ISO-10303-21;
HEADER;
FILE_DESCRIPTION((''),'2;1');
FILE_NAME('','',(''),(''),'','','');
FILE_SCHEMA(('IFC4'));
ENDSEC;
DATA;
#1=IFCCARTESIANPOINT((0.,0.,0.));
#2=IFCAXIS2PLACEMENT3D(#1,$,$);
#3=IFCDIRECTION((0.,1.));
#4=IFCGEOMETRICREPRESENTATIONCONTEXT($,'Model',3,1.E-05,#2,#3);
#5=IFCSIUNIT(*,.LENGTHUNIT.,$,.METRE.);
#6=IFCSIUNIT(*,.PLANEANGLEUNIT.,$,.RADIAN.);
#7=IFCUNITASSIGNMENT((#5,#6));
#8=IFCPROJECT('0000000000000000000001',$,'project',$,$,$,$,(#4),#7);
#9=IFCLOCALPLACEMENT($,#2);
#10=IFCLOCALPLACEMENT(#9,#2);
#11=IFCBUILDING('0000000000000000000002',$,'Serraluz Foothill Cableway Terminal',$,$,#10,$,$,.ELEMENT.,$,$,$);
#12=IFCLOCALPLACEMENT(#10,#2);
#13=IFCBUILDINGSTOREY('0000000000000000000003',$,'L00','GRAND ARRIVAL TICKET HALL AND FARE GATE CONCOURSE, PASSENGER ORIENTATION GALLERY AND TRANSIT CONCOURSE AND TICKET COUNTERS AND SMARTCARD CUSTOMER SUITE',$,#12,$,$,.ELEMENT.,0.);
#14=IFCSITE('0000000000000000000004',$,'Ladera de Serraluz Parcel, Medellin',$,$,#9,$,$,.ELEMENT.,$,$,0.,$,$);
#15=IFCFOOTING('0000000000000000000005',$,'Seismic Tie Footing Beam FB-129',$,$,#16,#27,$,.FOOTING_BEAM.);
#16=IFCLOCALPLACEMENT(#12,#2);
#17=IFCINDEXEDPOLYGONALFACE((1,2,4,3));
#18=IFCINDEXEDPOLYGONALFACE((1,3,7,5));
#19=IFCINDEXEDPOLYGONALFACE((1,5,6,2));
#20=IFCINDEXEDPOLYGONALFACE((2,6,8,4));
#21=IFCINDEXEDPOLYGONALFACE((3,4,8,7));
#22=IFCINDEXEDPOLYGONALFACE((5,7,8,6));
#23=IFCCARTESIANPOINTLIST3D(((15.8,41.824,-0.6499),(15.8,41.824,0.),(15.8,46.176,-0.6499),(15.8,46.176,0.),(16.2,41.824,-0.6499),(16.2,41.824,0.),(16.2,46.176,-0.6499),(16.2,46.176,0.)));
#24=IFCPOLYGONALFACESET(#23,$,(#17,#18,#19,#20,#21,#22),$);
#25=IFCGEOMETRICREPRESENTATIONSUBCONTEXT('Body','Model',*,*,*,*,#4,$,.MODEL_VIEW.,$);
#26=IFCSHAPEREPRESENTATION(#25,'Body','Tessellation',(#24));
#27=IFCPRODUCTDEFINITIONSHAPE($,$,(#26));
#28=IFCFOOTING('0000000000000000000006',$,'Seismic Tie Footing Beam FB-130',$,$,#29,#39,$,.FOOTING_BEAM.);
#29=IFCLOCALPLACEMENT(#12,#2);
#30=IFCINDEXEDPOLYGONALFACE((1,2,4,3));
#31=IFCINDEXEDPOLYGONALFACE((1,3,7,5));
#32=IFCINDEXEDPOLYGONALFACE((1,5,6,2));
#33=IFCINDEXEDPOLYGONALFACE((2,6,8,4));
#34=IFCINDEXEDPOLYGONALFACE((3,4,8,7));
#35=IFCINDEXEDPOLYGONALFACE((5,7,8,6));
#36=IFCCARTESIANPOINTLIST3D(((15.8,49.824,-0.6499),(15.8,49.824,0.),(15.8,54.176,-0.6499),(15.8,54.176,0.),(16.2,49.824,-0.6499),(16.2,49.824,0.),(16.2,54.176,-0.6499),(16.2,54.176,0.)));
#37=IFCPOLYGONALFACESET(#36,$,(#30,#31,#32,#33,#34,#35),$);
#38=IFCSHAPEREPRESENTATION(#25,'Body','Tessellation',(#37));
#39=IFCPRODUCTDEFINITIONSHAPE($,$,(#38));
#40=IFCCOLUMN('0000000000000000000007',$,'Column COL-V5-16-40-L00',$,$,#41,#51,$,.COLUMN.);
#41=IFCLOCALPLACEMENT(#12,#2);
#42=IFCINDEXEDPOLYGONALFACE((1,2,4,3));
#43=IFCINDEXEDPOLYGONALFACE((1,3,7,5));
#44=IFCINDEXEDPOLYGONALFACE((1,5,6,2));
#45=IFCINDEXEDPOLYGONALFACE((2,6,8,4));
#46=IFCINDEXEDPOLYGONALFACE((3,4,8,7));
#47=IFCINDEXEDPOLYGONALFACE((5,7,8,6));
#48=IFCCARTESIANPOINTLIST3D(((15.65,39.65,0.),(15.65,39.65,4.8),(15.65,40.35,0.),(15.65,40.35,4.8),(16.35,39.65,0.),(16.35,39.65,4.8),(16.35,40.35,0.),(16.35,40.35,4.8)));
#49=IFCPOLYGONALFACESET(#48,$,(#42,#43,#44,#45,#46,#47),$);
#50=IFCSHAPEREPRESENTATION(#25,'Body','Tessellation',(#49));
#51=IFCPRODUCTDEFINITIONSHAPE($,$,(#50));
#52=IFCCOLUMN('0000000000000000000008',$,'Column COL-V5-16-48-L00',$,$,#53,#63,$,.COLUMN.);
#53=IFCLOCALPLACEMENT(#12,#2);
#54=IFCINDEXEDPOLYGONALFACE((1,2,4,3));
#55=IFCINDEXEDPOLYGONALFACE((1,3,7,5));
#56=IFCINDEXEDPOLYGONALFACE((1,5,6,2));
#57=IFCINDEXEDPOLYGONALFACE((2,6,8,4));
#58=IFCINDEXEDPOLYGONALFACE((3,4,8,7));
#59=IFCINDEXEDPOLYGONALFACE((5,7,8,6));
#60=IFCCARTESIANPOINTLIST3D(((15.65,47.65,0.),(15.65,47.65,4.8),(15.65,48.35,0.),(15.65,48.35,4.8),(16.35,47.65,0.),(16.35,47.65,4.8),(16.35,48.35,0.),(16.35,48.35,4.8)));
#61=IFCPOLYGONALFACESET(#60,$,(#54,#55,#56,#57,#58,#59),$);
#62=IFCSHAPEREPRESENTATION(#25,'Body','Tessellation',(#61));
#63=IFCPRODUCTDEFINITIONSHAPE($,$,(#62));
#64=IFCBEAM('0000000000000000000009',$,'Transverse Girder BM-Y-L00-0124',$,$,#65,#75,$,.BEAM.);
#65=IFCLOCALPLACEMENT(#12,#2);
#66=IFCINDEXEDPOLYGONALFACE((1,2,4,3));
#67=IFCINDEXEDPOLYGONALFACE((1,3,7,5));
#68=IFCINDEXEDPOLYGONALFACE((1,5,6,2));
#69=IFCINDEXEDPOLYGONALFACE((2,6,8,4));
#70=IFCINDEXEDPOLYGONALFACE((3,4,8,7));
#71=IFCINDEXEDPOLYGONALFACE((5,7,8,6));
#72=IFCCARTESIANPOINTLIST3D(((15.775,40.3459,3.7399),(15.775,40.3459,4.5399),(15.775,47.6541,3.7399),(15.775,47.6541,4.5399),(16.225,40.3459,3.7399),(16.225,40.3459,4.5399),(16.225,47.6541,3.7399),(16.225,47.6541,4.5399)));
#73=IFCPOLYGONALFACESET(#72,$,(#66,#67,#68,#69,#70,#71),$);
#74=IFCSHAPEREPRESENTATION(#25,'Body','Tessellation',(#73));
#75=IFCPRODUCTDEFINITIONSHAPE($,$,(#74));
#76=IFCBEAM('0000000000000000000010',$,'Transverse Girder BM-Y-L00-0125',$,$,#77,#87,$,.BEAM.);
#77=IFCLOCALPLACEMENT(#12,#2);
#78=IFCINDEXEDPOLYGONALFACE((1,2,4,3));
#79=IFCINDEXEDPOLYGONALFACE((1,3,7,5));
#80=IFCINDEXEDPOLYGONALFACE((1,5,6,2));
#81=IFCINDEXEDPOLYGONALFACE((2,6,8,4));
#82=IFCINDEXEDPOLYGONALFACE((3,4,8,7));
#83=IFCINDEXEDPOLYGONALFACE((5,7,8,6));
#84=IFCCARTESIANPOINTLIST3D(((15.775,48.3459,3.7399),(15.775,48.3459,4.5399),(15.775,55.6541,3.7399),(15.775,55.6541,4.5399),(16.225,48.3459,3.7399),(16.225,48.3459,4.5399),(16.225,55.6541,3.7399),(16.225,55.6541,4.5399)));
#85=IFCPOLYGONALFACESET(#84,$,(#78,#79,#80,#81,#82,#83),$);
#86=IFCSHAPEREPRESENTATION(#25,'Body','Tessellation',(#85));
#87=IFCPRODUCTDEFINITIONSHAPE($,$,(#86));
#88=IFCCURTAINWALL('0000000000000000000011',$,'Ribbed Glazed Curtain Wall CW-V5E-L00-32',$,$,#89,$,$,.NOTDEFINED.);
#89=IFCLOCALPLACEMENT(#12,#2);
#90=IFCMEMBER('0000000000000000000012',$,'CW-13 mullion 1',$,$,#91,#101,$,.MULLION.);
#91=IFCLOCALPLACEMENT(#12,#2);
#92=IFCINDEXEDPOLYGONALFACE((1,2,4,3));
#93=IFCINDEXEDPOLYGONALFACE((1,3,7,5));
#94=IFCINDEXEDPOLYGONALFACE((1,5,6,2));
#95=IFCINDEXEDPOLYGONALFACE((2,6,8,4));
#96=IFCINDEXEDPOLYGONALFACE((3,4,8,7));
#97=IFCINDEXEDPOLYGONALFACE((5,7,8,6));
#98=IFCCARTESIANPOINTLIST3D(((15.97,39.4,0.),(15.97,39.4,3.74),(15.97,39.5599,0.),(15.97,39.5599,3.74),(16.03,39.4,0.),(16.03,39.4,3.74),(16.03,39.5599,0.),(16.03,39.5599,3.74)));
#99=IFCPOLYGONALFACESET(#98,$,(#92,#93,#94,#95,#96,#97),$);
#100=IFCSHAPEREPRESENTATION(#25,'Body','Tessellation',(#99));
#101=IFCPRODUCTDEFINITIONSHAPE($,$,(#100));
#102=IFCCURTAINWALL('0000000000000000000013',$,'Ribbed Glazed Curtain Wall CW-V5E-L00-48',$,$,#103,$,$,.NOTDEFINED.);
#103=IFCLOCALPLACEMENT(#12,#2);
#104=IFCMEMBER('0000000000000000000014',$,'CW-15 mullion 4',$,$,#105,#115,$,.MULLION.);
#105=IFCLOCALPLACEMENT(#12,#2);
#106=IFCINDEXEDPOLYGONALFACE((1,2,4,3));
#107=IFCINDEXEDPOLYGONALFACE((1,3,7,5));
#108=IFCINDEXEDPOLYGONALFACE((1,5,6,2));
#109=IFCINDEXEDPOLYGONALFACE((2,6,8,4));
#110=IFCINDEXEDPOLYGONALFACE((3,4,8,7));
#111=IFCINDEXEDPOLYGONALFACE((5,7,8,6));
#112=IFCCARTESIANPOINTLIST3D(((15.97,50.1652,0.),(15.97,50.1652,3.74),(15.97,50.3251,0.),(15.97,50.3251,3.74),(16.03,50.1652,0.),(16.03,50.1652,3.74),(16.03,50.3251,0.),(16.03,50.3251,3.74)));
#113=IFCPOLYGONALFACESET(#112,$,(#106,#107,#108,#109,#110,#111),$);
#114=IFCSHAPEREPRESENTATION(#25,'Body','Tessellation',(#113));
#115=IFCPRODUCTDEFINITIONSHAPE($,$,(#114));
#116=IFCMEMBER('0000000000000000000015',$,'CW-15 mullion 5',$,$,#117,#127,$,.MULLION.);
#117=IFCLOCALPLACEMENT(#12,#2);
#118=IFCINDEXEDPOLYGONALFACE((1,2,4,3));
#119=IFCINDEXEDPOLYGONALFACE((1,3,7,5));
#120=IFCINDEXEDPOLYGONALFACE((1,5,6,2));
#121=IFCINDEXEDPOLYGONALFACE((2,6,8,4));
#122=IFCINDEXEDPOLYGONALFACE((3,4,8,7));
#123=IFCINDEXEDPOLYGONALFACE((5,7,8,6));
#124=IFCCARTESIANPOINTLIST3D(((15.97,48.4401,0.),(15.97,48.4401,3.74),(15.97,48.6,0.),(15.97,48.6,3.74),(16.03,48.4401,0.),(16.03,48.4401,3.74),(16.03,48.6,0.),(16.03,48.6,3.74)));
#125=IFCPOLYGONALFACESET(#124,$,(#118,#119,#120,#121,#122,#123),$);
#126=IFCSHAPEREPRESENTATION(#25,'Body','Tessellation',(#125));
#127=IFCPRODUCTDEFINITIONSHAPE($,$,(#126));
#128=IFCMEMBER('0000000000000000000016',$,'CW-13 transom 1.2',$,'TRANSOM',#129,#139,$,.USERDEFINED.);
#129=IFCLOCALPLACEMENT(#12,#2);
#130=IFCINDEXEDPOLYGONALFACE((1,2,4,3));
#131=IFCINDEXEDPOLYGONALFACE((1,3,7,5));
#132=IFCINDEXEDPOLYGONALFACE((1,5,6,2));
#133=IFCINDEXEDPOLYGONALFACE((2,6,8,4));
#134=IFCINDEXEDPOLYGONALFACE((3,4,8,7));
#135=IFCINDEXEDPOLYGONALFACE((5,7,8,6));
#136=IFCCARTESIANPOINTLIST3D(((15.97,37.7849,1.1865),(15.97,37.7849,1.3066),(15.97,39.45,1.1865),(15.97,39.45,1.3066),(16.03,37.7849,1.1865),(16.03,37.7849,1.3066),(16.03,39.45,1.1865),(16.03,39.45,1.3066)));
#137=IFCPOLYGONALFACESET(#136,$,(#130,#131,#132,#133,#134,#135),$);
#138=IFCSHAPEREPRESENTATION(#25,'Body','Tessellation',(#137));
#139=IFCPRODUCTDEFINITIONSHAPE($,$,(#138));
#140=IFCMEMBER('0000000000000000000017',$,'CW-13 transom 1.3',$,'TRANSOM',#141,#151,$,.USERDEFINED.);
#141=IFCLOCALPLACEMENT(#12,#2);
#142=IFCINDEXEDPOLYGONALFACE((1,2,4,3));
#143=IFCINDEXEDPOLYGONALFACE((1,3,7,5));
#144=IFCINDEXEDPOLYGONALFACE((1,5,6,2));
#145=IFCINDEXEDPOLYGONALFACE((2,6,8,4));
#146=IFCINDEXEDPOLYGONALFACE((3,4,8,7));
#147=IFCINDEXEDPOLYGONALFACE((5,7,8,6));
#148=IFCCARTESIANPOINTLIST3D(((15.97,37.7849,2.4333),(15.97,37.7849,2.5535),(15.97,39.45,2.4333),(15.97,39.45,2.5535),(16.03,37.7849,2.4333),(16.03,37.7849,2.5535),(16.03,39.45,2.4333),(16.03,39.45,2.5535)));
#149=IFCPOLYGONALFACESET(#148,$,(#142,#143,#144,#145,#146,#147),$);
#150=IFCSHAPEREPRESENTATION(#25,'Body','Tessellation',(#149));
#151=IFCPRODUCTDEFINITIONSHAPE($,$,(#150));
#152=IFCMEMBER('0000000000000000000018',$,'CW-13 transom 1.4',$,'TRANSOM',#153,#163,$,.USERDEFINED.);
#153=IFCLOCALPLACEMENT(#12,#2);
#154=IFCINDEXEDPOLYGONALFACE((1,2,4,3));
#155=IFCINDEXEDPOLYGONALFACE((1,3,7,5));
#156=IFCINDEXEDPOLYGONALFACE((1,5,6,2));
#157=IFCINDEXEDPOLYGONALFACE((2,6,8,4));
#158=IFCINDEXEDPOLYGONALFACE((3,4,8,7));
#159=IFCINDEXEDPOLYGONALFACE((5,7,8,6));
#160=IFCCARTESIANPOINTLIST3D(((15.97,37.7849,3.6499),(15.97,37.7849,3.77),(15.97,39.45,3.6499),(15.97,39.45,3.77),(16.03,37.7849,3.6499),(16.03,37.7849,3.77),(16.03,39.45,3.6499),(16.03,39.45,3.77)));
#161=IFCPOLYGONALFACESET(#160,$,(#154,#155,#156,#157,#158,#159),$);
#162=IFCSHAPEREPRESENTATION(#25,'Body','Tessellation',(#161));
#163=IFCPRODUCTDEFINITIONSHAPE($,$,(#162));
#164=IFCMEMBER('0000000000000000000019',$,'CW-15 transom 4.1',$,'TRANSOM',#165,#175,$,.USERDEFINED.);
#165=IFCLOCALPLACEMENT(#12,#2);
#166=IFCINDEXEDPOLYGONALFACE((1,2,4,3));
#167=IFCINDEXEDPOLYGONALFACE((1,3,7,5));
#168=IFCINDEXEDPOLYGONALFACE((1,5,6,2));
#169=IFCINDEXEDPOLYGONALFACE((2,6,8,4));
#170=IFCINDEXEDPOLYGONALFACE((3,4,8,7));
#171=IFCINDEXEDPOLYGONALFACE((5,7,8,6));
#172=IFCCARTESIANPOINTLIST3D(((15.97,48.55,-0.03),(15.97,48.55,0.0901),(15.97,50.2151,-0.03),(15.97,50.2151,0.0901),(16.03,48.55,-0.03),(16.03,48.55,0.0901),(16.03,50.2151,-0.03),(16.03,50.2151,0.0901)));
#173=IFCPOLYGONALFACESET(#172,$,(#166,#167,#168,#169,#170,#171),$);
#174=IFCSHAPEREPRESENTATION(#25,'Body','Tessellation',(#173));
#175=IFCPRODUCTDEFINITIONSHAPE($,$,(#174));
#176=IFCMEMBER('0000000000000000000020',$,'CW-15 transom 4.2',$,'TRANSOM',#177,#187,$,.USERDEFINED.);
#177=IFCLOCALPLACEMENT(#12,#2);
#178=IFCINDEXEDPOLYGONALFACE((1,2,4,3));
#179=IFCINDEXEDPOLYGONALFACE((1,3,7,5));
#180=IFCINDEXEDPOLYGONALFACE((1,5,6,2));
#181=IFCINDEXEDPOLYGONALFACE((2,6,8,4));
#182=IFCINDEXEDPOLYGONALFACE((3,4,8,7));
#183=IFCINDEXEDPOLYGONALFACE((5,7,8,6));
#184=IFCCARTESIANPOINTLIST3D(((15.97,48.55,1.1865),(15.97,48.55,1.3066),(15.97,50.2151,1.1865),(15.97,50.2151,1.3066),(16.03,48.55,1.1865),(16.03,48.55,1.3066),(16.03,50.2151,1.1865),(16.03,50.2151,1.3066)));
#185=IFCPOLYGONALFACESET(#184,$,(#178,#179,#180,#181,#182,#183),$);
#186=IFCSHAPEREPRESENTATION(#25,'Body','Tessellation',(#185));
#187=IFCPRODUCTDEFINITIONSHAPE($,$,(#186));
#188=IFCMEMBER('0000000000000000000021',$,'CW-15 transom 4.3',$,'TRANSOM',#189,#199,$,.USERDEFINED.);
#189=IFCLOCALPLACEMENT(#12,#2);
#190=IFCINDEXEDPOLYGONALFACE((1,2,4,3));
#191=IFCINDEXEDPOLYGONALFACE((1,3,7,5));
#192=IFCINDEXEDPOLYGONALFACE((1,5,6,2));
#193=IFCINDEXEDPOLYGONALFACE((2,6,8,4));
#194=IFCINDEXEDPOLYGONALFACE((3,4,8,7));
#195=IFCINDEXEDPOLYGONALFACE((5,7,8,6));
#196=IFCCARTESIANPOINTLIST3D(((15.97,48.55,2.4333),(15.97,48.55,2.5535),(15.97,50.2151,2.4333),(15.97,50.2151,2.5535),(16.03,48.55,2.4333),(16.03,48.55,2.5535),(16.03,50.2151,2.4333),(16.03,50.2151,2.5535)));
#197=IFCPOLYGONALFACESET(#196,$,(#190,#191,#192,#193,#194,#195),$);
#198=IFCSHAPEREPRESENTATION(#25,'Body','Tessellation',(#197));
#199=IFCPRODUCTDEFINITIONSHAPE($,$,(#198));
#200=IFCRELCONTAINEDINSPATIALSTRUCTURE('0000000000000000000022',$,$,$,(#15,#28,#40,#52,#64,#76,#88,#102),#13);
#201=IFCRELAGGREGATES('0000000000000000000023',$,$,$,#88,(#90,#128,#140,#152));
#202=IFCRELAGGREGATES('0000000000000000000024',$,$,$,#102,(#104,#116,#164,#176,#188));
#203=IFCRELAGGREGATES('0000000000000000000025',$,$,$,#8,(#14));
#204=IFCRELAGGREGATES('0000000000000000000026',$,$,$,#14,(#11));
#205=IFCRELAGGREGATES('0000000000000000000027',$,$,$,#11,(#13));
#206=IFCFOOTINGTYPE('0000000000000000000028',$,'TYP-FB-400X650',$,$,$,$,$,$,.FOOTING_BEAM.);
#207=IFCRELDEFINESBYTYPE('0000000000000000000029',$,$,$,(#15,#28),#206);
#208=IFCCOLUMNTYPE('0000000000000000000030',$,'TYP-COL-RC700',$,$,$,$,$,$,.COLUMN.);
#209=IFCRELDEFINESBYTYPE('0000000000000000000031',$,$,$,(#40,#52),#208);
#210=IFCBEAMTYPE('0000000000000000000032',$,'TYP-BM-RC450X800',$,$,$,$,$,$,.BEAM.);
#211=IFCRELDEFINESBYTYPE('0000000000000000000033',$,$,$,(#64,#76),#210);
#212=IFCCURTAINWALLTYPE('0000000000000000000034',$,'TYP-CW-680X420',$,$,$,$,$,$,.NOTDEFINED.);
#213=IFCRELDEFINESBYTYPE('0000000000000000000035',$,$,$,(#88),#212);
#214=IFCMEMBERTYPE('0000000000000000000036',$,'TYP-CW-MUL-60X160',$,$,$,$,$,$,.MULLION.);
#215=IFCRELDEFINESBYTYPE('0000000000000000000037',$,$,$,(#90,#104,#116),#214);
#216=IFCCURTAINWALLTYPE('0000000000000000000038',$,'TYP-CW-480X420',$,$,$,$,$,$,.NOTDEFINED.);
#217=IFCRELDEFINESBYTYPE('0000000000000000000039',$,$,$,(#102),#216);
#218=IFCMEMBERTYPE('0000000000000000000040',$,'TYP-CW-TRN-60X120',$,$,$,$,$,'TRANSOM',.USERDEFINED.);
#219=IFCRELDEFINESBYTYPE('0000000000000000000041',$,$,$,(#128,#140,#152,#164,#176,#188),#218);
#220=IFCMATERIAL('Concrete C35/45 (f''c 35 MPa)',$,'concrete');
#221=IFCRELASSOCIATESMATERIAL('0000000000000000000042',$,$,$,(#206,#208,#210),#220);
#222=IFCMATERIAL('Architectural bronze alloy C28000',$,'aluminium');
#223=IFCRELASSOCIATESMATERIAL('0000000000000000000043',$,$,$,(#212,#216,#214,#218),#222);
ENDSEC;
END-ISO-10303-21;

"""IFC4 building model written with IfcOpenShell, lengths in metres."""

from ifc_helpers import new_model, si_unit, direction, frame, origin, origin_2d, place, context, subcontext, project, spatial, rectangle, extrude, material, material_profile, profile_set, type_object, element, aggregate, save


model = new_model("IFC4")

# Units and contexts
model_context = context("Model", 3, precision=1e-05, world=origin(), true_north=direction((0.0, 1.0)))
body_context = subcontext(model_context, "Body", "Model", "MODEL_VIEW")
ifc_project = project(units=[si_unit("LENGTHUNIT", "METRE"), si_unit("PLANEANGLEUNIT", "RADIAN")], contexts=[model_context])

# Site, building, storey
site_placement = place(None, origin())
site = spatial("IfcSite", under=ifc_project, at=site_placement, Name="Ladera de Serraluz Parcel, Medellin", CompositionType="ELEMENT", RefElevation=0.0)
building_placement = place(site_placement, origin())
building = spatial("IfcBuilding", under=site, at=building_placement, Name="Serraluz Foothill Cableway Terminal", CompositionType="ELEMENT")
storey_placement = place(building_placement, origin())
storey = spatial("IfcBuildingStorey", under=building, at=storey_placement, Name="L00", Description="GRAND ARRIVAL TICKET HALL AND FARE GATE CONCOURSE, PASSENGER ORIENTATION GALLERY AND TRANSIT CONCOURSE AND TICKET COUNTERS AND SMARTCARD CUSTOMER SUITE", CompositionType="ELEMENT", Elevation=0.0)

# Footings
ifc_material_1 = material(Name="Concrete C35/45 (f'c 35 MPa)", Category="concrete")
ifc_material_profile_1 = material_profile(ifc_material_1, rectangle(XDim=0.3999, YDim=0.6499, at=origin_2d()), Name="RC 400x650")
ifc_profile_set_1 = profile_set([ifc_material_profile_1], Name="Concrete C35/45 (f'c 35 MPa)")
footing_type = type_object("IfcFootingType", Name="TYP-FB-400X650", PredefinedType="FOOTING_BEAM", material=ifc_profile_set_1)
for number, where, z_axis, x_axis, name in (
    (1, (16.0, 41.824, -0.325), (0.0, 1.0, 0.0), (-1.0, 0.0, 0.0), "Seismic Tie Footing Beam FB-129"),
    (2, (16.0, 49.824, -0.325), (0.0, 1.0, 0.0), (-1.0, 0.0, 0.0), "Seismic Tie Footing Beam FB-130"),
):
    element("IfcFooting", number, at=place(storey_placement, frame(where, z_axis=z_axis, x_axis=x_axis)), inside=storey, type_object=footing_type, Name=name, PredefinedType="FOOTING_BEAM", context=body_context, shape_type="SweptSolid", body=[
        extrude(rectangle(XDim=0.3999, YDim=0.6499, at=origin_2d()), origin(), (0.0, 0.0, 1.0), 4.3521),
    ])

# Columns
ifc_material_profile_2 = material_profile(ifc_material_1, rectangle(XDim=0.7, YDim=0.7, at=origin_2d()), Name="RC 700x700")
ifc_profile_set_2 = profile_set([ifc_material_profile_2], Name="Concrete C35/45 (f'c 35 MPa)")
column_type = type_object("IfcColumnType", Name="TYP-COL-RC700", PredefinedType="COLUMN", material=ifc_profile_set_2)
for number, where, z_axis, x_axis, name in (
    (3, (16.0, 40.0, 0.0), (0.0, 0.0, 1.0), (1.0, 0.0, 0.0), "Column COL-V5-16-40-L00"),
    (4, (16.0, 48.0, 0.0), (0.0, 0.0, 1.0), (1.0, 0.0, 0.0), "Column COL-V5-16-48-L00"),
):
    element("IfcColumn", number, at=place(storey_placement, frame(where, z_axis=z_axis, x_axis=x_axis)), inside=storey, type_object=column_type, Name=name, PredefinedType="COLUMN", context=body_context, shape_type="SweptSolid", body=[
        extrude(rectangle(XDim=0.7, YDim=0.7, at=origin_2d()), origin(), (0.0, 0.0, 1.0), 4.8),
    ])

# Beams
ifc_material_profile_3 = material_profile(ifc_material_1, rectangle(XDim=0.45, YDim=0.8, at=origin_2d()), Name="RC 450x800")
ifc_profile_set_3 = profile_set([ifc_material_profile_3], Name="Concrete C35/45 (f'c 35 MPa)")
beam_type = type_object("IfcBeamType", Name="TYP-BM-RC450X800", PredefinedType="BEAM", material=ifc_profile_set_3)
for number, where, z_axis, x_axis, name in (
    (5, (16.0, 40.3459, 4.1399), (0.0, 1.0, 0.0), (-1.0, 0.0, 0.0), "Transverse Girder BM-Y-L00-0124"),
    (6, (16.0, 48.3459, 4.1399), (0.0, 1.0, 0.0), (-1.0, 0.0, 0.0), "Transverse Girder BM-Y-L00-0125"),
):
    element("IfcBeam", number, at=place(storey_placement, frame(where, z_axis=z_axis, x_axis=x_axis)), inside=storey, type_object=beam_type, Name=name, PredefinedType="BEAM", context=body_context, shape_type="SweptSolid", body=[
        extrude(rectangle(XDim=0.45, YDim=0.8, at=origin_2d()), origin(), (0.0, 0.0, 1.0), 7.3081),
    ])

# Curtain wall, member
ifc_material_2 = material(Name="Architectural bronze alloy C28000", Category="aluminium")
curtain_wall_type_1 = type_object("IfcCurtainWallType", Name="TYP-CW-680X420", PredefinedType="NOTDEFINED", material=ifc_material_2)
curtain_wall_1_placement = place(storey_placement, origin())
curtain_wall_1 = element("IfcCurtainWall", 7, at=curtain_wall_1_placement, inside=storey, type_object=curtain_wall_type_1, Name="Ribbed Glazed Curtain Wall CW-V5E-L00-32", PredefinedType="NOTDEFINED")
ifc_material_profile_4 = material_profile(ifc_material_2, rectangle(XDim=0.0601, YDim=0.1599, at=origin_2d()), Name="ALU MULLION 60x160")
ifc_profile_set_4 = profile_set([ifc_material_profile_4], Name="Architectural bronze alloy C28000")
member_type_1 = type_object("IfcMemberType", Name="TYP-CW-MUL-60X160", PredefinedType="MULLION", material=ifc_profile_set_4)
member_1_placement = place(storey_placement, frame((16.0, 39.48, 0.0), z_axis=(0.0, 0.0, 1.0), x_axis=(1.0, 0.0, 0.0)))
member_1 = element("IfcMember", 8, at=member_1_placement, type_object=member_type_1, Name="CW-13 mullion 1", PredefinedType="MULLION", context=body_context, shape_type="SweptSolid", body=[
    extrude(rectangle(XDim=0.0601, YDim=0.1599, at=origin_2d()), origin(), (0.0, 0.0, 1.0), 3.74),
])

# Curtain wall, members
curtain_wall_type_2 = type_object("IfcCurtainWallType", Name="TYP-CW-480X420", PredefinedType="NOTDEFINED", material=ifc_material_2)
curtain_wall_2_placement = place(storey_placement, origin())
curtain_wall_2 = element("IfcCurtainWall", 9, at=curtain_wall_2_placement, inside=storey, type_object=curtain_wall_type_2, Name="Ribbed Glazed Curtain Wall CW-V5E-L00-48", PredefinedType="NOTDEFINED")
member_2_placement = place(storey_placement, frame((16.0, 50.2451, 0.0), z_axis=(0.0, 0.0, 1.0), x_axis=(1.0, 0.0, 0.0)))
member_2 = element("IfcMember", 10, at=member_2_placement, type_object=member_type_1, Name="CW-15 mullion 4", PredefinedType="MULLION", context=body_context, shape_type="SweptSolid", body=[
    extrude(rectangle(XDim=0.0601, YDim=0.1599, at=origin_2d()), origin(), (0.0, 0.0, 1.0), 3.74),
])
member_3_placement = place(storey_placement, frame((16.0, 48.52, 0.0), z_axis=(0.0, 0.0, 1.0), x_axis=(1.0, 0.0, 0.0)))
member_3 = element("IfcMember", 11, at=member_3_placement, type_object=member_type_1, Name="CW-15 mullion 5", PredefinedType="MULLION", context=body_context, shape_type="SweptSolid", body=[
    extrude(rectangle(XDim=0.0601, YDim=0.1599, at=origin_2d()), origin(), (0.0, 0.0, 1.0), 3.74),
])

# Members
ifc_material_profile_5 = material_profile(ifc_material_2, rectangle(XDim=0.0601, YDim=0.1201, at=origin_2d()), Name="ALU TRANSOM 60x120")
ifc_profile_set_5 = profile_set([ifc_material_profile_5], Name="Architectural bronze alloy C28000")
member_type_2 = type_object("IfcMemberType", Name="TYP-CW-TRN-60X120", ElementType="TRANSOM", PredefinedType="USERDEFINED", material=ifc_profile_set_5)
member_4_placement = place(storey_placement, frame((16.0, 39.45, 1.2466), z_axis=(0.0, -1.0, 0.0), x_axis=(1.0, 0.0, 0.0)))
member_4 = element("IfcMember", 12, at=member_4_placement, type_object=member_type_2, Name="CW-13 transom 1.2", ObjectType="TRANSOM", PredefinedType="USERDEFINED", context=body_context, shape_type="SweptSolid", body=[
    extrude(rectangle(XDim=0.0601, YDim=0.1201, at=origin_2d()), origin(), (0.0, 0.0, 1.0), 1.665),
])
member_5_placement = place(storey_placement, frame((16.0, 39.45, 2.4934), z_axis=(0.0, -1.0, 0.0), x_axis=(1.0, 0.0, 0.0)))
member_5 = element("IfcMember", 13, at=member_5_placement, type_object=member_type_2, Name="CW-13 transom 1.3", ObjectType="TRANSOM", PredefinedType="USERDEFINED", context=body_context, shape_type="SweptSolid", body=[
    extrude(rectangle(XDim=0.0601, YDim=0.1201, at=origin_2d()), origin(), (0.0, 0.0, 1.0), 1.665),
])
member_6_placement = place(storey_placement, frame((16.0, 39.45, 3.71), z_axis=(0.0, -1.0, 0.0), x_axis=(1.0, 0.0, 0.0)))
member_6 = element("IfcMember", 14, at=member_6_placement, type_object=member_type_2, Name="CW-13 transom 1.4", ObjectType="TRANSOM", PredefinedType="USERDEFINED", context=body_context, shape_type="SweptSolid", body=[
    extrude(rectangle(XDim=0.0601, YDim=0.1201, at=origin_2d()), origin(), (0.0, 0.0, 1.0), 1.665),
])
aggregate(curtain_wall_1, [member_1, member_4, member_5, member_6])
member_7_placement = place(storey_placement, frame((16.0, 50.2151, 0.03), z_axis=(0.0, -1.0, 0.0), x_axis=(1.0, 0.0, 0.0)))
member_7 = element("IfcMember", 15, at=member_7_placement, type_object=member_type_2, Name="CW-15 transom 4.1", ObjectType="TRANSOM", PredefinedType="USERDEFINED", context=body_context, shape_type="SweptSolid", body=[
    extrude(rectangle(XDim=0.0601, YDim=0.1201, at=origin_2d()), origin(), (0.0, 0.0, 1.0), 1.665),
])
member_8_placement = place(storey_placement, frame((16.0, 50.2151, 1.2466), z_axis=(0.0, -1.0, 0.0), x_axis=(1.0, 0.0, 0.0)))
member_8 = element("IfcMember", 16, at=member_8_placement, type_object=member_type_2, Name="CW-15 transom 4.2", ObjectType="TRANSOM", PredefinedType="USERDEFINED", context=body_context, shape_type="SweptSolid", body=[
    extrude(rectangle(XDim=0.0601, YDim=0.1201, at=origin_2d()), origin(), (0.0, 0.0, 1.0), 1.665),
])
member_9_placement = place(storey_placement, frame((16.0, 50.2151, 2.4934), z_axis=(0.0, -1.0, 0.0), x_axis=(1.0, 0.0, 0.0)))
member_9 = element("IfcMember", 17, at=member_9_placement, type_object=member_type_2, Name="CW-15 transom 4.3", ObjectType="TRANSOM", PredefinedType="USERDEFINED", context=body_context, shape_type="SweptSolid", body=[
    extrude(rectangle(XDim=0.0601, YDim=0.1201, at=origin_2d()), origin(), (0.0, 0.0, 1.0), 1.665),
])

aggregate(curtain_wall_2, [member_2, member_3, member_7, member_8, member_9])

save(model, "model.ifc")
